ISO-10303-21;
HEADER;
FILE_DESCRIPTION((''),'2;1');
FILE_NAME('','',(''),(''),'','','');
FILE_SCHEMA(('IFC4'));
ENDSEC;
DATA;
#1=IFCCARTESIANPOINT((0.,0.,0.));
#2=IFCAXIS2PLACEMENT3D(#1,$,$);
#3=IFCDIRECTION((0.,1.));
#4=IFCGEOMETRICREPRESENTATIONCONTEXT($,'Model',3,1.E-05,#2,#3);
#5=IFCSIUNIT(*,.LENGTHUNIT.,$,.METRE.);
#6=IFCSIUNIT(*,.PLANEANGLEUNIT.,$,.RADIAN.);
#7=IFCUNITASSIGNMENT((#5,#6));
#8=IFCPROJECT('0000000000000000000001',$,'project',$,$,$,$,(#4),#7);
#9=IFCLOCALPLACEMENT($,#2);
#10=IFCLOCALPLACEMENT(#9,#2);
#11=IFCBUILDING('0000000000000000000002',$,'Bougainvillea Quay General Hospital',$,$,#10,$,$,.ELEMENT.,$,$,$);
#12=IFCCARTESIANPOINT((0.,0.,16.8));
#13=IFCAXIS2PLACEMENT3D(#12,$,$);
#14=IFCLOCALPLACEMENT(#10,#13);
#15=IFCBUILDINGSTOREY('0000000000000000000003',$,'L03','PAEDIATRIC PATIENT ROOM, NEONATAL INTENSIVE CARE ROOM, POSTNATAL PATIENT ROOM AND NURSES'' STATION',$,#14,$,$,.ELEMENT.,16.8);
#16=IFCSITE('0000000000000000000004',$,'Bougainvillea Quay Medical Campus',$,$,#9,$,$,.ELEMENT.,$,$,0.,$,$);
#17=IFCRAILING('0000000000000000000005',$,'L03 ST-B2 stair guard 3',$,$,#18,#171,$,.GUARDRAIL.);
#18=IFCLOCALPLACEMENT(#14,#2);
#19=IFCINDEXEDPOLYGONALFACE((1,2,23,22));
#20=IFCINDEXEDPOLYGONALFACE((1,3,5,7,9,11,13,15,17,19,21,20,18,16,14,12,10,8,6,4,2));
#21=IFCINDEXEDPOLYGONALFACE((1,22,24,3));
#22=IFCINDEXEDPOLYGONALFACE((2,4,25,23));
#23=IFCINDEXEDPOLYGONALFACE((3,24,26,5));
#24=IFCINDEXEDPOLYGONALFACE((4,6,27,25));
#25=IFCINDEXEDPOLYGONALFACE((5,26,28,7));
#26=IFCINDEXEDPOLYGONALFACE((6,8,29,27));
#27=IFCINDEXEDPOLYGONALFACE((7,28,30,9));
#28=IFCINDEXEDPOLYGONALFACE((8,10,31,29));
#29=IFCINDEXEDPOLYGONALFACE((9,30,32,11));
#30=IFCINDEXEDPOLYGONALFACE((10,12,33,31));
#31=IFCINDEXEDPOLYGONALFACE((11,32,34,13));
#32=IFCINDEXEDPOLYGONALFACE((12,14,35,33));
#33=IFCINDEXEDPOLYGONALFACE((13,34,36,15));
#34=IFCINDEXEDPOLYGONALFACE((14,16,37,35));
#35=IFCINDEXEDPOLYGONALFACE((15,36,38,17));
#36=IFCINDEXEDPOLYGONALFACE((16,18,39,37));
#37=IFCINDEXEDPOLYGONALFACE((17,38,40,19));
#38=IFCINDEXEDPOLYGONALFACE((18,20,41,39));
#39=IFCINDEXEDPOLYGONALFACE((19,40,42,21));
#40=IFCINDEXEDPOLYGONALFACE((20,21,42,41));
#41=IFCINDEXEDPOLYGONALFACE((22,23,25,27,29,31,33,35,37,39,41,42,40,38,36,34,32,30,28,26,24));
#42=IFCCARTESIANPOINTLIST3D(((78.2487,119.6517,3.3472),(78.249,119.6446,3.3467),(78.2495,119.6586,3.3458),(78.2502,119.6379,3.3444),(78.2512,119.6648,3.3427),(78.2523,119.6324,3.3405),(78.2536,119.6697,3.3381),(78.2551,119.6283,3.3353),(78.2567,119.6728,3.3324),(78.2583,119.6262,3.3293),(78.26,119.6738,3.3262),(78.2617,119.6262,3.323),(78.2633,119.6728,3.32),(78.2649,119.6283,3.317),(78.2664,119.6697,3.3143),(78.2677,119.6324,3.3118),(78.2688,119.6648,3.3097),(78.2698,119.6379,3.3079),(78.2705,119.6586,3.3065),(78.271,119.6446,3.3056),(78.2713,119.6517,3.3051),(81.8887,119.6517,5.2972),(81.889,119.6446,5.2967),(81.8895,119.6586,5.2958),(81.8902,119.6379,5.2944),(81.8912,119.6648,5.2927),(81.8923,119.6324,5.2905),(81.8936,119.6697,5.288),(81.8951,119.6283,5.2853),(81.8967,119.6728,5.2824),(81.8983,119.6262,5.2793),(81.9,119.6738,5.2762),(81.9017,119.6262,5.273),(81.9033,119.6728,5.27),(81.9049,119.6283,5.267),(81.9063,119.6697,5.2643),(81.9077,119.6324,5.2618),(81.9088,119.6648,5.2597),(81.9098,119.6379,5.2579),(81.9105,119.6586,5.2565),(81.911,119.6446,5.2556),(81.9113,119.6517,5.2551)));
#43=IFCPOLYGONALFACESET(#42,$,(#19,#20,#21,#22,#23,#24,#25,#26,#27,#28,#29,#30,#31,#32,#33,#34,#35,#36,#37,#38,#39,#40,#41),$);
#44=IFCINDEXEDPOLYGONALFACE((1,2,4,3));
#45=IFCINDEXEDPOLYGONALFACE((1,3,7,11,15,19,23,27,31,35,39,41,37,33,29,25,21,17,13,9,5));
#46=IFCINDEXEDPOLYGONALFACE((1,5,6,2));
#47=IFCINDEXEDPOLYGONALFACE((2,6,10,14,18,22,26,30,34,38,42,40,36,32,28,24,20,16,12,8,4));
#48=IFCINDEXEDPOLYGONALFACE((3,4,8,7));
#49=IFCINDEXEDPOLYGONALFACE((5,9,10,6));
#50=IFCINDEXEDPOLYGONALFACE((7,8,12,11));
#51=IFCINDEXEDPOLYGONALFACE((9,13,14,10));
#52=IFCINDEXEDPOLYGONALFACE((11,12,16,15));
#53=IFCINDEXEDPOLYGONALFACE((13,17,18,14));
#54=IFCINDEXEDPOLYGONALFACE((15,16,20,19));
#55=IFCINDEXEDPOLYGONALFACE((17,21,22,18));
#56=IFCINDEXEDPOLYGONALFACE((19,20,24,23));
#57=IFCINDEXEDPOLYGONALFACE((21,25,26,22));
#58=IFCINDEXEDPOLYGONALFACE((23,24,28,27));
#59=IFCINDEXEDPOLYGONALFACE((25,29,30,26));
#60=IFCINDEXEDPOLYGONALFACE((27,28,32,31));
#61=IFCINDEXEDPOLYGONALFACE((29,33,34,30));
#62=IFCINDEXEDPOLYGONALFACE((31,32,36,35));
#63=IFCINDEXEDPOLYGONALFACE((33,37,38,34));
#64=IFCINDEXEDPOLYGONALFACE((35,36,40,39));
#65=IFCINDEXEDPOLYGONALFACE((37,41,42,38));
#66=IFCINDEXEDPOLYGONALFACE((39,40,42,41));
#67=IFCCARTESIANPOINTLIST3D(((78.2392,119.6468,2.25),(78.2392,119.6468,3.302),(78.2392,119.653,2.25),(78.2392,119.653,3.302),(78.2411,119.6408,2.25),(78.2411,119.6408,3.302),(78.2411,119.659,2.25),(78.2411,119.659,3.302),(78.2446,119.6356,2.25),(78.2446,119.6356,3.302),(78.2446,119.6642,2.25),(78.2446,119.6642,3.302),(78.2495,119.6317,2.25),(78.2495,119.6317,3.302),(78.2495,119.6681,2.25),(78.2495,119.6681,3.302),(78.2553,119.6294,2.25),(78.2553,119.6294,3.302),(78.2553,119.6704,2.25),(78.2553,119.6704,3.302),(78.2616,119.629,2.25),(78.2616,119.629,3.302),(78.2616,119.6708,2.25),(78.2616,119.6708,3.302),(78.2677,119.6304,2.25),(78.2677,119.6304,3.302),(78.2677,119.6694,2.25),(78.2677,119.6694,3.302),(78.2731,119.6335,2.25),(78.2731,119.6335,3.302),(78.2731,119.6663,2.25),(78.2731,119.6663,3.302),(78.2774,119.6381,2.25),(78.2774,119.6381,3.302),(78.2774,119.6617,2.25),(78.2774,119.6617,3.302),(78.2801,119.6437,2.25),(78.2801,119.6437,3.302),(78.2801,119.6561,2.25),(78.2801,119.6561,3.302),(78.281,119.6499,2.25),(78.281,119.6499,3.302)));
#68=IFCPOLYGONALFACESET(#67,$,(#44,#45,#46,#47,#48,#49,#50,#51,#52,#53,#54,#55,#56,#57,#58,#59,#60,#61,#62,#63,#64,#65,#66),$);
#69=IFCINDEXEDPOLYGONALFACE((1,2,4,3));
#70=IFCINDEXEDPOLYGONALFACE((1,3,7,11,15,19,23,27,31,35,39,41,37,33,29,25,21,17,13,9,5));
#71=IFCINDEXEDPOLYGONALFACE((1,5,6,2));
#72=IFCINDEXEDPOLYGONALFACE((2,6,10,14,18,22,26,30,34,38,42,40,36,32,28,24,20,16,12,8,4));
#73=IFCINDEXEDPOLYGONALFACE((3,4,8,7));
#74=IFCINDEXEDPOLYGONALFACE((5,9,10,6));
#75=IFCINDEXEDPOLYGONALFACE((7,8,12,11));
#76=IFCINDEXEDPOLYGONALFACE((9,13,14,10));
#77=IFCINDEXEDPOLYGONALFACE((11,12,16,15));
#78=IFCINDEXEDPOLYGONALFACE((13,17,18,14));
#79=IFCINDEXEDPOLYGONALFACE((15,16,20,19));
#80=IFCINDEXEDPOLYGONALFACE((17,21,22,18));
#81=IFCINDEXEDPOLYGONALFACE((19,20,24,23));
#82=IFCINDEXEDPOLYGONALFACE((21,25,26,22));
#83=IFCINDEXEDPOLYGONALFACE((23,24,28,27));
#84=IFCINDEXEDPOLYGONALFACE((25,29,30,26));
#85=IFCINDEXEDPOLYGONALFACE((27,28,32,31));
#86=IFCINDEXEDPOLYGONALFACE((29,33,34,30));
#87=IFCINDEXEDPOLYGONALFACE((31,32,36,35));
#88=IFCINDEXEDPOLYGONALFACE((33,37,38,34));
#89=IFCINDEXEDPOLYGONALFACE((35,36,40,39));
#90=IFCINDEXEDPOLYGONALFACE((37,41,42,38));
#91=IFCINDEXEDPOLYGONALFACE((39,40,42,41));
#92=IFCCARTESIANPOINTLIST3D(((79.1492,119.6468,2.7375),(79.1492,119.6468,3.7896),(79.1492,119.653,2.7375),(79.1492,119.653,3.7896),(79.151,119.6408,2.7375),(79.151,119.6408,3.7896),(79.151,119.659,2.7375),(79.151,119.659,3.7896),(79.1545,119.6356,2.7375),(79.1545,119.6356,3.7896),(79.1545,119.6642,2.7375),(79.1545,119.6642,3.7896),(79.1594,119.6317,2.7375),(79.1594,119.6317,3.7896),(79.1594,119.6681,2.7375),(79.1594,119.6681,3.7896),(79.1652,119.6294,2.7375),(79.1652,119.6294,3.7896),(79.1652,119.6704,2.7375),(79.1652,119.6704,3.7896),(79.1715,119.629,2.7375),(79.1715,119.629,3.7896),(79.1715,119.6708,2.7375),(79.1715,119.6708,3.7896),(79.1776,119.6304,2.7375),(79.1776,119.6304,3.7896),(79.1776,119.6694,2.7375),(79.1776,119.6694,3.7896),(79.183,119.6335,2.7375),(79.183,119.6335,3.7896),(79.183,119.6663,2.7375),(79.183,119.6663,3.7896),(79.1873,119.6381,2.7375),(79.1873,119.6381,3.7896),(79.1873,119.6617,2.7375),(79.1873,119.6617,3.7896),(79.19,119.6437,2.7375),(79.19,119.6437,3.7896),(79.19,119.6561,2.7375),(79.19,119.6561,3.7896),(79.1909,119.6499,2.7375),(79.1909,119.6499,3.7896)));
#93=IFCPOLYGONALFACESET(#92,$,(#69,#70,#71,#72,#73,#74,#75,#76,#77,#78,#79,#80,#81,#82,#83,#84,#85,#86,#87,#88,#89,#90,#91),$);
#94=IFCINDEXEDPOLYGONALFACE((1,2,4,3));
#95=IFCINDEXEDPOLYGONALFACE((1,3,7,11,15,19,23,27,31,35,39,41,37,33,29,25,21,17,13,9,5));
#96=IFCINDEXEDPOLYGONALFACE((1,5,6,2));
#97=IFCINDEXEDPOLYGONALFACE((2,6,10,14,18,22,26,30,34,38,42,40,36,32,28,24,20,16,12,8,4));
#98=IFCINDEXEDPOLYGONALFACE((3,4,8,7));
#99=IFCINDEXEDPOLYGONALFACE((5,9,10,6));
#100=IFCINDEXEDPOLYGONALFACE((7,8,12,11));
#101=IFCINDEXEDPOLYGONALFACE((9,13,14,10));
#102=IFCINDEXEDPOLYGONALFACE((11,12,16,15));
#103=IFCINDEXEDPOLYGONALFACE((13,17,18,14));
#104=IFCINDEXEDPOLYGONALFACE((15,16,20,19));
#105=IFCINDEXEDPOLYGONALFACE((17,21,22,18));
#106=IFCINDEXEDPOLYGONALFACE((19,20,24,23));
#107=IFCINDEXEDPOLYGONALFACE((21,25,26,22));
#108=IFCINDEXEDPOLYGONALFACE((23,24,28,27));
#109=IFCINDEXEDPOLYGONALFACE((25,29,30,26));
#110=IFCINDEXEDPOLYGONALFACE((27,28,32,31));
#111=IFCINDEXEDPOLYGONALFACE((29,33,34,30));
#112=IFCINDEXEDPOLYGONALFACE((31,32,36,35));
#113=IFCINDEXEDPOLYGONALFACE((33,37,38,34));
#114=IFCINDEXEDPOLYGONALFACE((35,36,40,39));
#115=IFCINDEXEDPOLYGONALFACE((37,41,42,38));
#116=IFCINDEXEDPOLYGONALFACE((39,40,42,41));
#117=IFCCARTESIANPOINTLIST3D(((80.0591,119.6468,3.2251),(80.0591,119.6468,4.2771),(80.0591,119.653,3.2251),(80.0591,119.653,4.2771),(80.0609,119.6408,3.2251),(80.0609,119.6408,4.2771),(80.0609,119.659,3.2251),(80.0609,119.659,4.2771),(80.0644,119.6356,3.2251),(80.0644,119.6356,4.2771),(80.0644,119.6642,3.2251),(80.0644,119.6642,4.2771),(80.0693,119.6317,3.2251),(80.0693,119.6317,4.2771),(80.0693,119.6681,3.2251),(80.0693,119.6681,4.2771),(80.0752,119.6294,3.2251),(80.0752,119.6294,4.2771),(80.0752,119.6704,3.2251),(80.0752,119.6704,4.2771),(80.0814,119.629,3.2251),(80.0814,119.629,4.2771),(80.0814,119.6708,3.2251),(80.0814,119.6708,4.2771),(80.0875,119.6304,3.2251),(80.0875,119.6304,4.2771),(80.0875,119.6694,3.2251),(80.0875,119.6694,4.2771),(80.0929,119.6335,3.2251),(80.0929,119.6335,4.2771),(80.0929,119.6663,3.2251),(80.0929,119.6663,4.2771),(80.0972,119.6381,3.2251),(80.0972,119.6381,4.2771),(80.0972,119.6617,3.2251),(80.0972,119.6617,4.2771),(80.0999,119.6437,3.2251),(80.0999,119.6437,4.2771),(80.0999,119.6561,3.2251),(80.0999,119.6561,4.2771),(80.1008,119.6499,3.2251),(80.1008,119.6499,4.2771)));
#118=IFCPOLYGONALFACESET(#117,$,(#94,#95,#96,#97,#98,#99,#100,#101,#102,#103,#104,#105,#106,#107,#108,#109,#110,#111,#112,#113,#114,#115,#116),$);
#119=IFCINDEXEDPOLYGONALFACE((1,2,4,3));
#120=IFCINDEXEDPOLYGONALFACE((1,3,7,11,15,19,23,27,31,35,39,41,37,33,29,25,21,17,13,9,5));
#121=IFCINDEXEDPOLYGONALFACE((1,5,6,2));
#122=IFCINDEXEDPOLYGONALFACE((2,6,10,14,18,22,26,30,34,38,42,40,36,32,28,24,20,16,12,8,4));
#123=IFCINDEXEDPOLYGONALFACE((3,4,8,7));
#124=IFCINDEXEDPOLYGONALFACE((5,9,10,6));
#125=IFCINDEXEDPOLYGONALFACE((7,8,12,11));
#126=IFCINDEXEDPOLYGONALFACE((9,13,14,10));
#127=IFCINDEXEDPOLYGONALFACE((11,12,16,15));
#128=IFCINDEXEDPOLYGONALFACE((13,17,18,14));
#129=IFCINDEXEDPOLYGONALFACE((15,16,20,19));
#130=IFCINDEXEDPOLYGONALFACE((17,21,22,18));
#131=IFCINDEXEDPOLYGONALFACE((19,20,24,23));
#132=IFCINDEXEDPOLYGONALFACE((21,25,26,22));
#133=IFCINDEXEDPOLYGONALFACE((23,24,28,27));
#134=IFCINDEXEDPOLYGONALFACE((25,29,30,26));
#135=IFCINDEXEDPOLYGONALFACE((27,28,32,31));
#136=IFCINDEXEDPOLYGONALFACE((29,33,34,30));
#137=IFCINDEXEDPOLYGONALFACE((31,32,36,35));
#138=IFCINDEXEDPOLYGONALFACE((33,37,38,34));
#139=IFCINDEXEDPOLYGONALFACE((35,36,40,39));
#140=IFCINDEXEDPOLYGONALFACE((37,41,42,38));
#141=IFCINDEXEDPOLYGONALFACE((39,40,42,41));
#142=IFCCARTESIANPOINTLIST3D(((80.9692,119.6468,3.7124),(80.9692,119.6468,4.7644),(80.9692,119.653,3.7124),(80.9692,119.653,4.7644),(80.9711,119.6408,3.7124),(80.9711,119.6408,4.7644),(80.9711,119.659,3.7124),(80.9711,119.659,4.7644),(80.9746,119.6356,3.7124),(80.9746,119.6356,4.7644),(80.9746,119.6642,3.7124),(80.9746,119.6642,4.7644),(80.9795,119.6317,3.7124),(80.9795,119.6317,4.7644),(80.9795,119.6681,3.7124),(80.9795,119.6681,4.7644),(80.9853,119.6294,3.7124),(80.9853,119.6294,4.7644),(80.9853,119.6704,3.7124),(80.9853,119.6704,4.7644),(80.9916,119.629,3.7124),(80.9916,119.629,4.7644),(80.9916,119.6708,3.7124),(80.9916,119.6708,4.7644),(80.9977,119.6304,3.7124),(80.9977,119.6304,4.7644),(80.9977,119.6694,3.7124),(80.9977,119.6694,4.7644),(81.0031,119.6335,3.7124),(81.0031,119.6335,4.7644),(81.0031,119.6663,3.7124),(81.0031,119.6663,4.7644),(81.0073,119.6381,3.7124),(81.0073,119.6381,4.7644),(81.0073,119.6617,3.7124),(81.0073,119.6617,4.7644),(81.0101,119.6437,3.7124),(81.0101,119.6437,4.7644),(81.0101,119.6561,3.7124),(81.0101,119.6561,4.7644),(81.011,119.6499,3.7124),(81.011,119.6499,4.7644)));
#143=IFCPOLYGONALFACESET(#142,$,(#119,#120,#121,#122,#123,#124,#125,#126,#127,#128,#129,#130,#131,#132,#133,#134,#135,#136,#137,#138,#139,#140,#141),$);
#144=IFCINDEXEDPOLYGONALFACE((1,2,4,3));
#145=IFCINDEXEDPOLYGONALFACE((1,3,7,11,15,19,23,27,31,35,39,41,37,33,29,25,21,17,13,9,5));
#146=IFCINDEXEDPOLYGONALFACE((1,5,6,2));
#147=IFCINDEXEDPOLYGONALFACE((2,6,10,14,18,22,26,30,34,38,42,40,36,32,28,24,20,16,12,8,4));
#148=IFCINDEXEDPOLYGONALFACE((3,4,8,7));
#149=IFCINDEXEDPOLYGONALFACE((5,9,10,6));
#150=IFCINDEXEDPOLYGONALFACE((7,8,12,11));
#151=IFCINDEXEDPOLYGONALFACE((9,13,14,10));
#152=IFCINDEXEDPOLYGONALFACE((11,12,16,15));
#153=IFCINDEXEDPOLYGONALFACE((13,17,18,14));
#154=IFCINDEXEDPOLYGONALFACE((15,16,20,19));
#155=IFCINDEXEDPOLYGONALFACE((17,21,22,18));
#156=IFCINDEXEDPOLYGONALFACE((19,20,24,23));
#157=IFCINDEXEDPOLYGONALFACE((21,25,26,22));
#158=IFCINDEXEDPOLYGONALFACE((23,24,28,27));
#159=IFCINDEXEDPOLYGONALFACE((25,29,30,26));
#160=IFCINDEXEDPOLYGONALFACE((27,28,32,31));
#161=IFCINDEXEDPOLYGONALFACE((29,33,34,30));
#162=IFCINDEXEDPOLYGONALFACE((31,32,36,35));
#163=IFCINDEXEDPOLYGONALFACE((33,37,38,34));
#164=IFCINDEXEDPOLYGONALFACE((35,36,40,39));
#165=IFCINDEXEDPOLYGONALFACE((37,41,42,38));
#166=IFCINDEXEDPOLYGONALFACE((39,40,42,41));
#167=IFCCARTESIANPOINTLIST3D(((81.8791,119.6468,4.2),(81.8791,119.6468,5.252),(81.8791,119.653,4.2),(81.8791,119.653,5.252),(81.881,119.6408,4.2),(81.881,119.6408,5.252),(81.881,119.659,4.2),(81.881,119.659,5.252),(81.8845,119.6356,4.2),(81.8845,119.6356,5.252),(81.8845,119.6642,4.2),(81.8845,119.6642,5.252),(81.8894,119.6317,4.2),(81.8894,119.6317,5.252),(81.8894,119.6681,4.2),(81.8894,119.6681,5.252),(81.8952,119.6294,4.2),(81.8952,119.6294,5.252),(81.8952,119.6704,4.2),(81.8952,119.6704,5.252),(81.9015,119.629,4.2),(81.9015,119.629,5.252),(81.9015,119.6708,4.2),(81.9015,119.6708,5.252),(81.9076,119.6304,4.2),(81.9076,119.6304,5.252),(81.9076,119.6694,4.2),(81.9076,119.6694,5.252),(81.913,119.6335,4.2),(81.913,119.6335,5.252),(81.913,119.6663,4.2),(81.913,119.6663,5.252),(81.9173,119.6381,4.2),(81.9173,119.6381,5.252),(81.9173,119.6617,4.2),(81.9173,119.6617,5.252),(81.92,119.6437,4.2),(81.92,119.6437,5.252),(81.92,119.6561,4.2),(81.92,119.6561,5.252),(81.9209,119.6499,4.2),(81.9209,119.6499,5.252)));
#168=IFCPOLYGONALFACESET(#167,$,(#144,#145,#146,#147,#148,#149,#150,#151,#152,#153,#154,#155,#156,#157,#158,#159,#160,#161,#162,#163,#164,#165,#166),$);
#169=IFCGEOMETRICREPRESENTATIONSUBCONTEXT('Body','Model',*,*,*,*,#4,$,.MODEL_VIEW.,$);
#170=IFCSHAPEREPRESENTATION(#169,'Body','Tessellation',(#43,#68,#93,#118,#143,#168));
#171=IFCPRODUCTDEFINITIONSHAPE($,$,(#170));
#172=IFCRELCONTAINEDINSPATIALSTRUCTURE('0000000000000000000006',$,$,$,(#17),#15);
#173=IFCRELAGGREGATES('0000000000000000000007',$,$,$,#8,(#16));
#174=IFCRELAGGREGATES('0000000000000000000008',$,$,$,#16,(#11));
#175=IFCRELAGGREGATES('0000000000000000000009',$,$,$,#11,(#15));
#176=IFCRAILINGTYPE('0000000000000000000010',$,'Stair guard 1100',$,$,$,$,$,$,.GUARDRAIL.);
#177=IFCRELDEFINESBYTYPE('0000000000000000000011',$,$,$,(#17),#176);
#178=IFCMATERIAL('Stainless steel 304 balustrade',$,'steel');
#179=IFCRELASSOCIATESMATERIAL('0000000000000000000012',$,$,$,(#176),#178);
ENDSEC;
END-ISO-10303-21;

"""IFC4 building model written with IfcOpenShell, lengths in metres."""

from ifc_helpers import new_model, si_unit, direction, frame, origin, origin_2d, place, context, subcontext, project, spatial, circle, extrude, material, type_object, element, save


model = new_model("IFC4")

# Units and contexts
model_context = context("Model", 3, precision=1e-05, world=origin(), true_north=direction((0.0, 1.0)))
body_context = subcontext(model_context, "Body", "Model", "MODEL_VIEW")
ifc_project = project(units=[si_unit("LENGTHUNIT", "METRE"), si_unit("PLANEANGLEUNIT", "RADIAN")], contexts=[model_context])

# Site, building, storey
site_placement = place(None, origin())
site = spatial("IfcSite", under=ifc_project, at=site_placement, Name="Bougainvillea Quay Medical Campus", CompositionType="ELEMENT", RefElevation=0.0)
building_placement = place(site_placement, origin())
building = spatial("IfcBuilding", under=site, at=building_placement, Name="Bougainvillea Quay General Hospital", CompositionType="ELEMENT")
storey_placement = place(building_placement, frame((0.0, 0.0, 16.8)))
storey = spatial("IfcBuildingStorey", under=building, at=storey_placement, Name="L03", Description="PAEDIATRIC PATIENT ROOM, NEONATAL INTENSIVE CARE ROOM, POSTNATAL PATIENT ROOM AND NURSES' STATION", CompositionType="ELEMENT", Elevation=16.8)

# Railing
ifc_material_1 = material(Name="Stainless steel 304 balustrade", Category="steel")
railing_type_1 = type_object("IfcRailingType", Name="Stair guard 1100", PredefinedType="GUARDRAIL", material=ifc_material_1)
railing_1_placement = place(storey_placement, frame((78.26, 119.6499, 2.25)))
element("IfcRailing", 1, at=railing_1_placement, inside=storey, type_object=railing_type_1, Name="L03 ST-B2 stair guard 3", PredefinedType="GUARDRAIL", context=body_context, shape_type="SweptSolid", body=[
    extrude(circle(Radius=0.0239, at=origin_2d()), frame((0.0, 0.0, 1.0762), z_axis=(0.881479, 0.0, 0.472223), x_axis=(0.0, 1.0, 0.0)), (0.0, 0.0, 1.0), 4.1294),
    extrude(circle(Radius=0.021, at=origin_2d()), origin(), (0.0, 0.0, 1.0), 1.052),
    extrude(circle(Radius=0.021, at=origin_2d()), frame((0.9099, 0.0, 0.4875)), (0.0, 0.0, 1.0), 1.052),
    extrude(circle(Radius=0.021, at=origin_2d()), frame((1.8198, 0.0, 0.9751)), (0.0, 0.0, 1.0), 1.052),
    extrude(circle(Radius=0.021, at=origin_2d()), frame((2.73, 0.0, 1.4624)), (0.0, 0.0, 1.0), 1.052),
    extrude(circle(Radius=0.021, at=origin_2d()), frame((3.6399, 0.0, 1.95)), (0.0, 0.0, 1.0), 1.052),
])

save(model, "model.ifc")
